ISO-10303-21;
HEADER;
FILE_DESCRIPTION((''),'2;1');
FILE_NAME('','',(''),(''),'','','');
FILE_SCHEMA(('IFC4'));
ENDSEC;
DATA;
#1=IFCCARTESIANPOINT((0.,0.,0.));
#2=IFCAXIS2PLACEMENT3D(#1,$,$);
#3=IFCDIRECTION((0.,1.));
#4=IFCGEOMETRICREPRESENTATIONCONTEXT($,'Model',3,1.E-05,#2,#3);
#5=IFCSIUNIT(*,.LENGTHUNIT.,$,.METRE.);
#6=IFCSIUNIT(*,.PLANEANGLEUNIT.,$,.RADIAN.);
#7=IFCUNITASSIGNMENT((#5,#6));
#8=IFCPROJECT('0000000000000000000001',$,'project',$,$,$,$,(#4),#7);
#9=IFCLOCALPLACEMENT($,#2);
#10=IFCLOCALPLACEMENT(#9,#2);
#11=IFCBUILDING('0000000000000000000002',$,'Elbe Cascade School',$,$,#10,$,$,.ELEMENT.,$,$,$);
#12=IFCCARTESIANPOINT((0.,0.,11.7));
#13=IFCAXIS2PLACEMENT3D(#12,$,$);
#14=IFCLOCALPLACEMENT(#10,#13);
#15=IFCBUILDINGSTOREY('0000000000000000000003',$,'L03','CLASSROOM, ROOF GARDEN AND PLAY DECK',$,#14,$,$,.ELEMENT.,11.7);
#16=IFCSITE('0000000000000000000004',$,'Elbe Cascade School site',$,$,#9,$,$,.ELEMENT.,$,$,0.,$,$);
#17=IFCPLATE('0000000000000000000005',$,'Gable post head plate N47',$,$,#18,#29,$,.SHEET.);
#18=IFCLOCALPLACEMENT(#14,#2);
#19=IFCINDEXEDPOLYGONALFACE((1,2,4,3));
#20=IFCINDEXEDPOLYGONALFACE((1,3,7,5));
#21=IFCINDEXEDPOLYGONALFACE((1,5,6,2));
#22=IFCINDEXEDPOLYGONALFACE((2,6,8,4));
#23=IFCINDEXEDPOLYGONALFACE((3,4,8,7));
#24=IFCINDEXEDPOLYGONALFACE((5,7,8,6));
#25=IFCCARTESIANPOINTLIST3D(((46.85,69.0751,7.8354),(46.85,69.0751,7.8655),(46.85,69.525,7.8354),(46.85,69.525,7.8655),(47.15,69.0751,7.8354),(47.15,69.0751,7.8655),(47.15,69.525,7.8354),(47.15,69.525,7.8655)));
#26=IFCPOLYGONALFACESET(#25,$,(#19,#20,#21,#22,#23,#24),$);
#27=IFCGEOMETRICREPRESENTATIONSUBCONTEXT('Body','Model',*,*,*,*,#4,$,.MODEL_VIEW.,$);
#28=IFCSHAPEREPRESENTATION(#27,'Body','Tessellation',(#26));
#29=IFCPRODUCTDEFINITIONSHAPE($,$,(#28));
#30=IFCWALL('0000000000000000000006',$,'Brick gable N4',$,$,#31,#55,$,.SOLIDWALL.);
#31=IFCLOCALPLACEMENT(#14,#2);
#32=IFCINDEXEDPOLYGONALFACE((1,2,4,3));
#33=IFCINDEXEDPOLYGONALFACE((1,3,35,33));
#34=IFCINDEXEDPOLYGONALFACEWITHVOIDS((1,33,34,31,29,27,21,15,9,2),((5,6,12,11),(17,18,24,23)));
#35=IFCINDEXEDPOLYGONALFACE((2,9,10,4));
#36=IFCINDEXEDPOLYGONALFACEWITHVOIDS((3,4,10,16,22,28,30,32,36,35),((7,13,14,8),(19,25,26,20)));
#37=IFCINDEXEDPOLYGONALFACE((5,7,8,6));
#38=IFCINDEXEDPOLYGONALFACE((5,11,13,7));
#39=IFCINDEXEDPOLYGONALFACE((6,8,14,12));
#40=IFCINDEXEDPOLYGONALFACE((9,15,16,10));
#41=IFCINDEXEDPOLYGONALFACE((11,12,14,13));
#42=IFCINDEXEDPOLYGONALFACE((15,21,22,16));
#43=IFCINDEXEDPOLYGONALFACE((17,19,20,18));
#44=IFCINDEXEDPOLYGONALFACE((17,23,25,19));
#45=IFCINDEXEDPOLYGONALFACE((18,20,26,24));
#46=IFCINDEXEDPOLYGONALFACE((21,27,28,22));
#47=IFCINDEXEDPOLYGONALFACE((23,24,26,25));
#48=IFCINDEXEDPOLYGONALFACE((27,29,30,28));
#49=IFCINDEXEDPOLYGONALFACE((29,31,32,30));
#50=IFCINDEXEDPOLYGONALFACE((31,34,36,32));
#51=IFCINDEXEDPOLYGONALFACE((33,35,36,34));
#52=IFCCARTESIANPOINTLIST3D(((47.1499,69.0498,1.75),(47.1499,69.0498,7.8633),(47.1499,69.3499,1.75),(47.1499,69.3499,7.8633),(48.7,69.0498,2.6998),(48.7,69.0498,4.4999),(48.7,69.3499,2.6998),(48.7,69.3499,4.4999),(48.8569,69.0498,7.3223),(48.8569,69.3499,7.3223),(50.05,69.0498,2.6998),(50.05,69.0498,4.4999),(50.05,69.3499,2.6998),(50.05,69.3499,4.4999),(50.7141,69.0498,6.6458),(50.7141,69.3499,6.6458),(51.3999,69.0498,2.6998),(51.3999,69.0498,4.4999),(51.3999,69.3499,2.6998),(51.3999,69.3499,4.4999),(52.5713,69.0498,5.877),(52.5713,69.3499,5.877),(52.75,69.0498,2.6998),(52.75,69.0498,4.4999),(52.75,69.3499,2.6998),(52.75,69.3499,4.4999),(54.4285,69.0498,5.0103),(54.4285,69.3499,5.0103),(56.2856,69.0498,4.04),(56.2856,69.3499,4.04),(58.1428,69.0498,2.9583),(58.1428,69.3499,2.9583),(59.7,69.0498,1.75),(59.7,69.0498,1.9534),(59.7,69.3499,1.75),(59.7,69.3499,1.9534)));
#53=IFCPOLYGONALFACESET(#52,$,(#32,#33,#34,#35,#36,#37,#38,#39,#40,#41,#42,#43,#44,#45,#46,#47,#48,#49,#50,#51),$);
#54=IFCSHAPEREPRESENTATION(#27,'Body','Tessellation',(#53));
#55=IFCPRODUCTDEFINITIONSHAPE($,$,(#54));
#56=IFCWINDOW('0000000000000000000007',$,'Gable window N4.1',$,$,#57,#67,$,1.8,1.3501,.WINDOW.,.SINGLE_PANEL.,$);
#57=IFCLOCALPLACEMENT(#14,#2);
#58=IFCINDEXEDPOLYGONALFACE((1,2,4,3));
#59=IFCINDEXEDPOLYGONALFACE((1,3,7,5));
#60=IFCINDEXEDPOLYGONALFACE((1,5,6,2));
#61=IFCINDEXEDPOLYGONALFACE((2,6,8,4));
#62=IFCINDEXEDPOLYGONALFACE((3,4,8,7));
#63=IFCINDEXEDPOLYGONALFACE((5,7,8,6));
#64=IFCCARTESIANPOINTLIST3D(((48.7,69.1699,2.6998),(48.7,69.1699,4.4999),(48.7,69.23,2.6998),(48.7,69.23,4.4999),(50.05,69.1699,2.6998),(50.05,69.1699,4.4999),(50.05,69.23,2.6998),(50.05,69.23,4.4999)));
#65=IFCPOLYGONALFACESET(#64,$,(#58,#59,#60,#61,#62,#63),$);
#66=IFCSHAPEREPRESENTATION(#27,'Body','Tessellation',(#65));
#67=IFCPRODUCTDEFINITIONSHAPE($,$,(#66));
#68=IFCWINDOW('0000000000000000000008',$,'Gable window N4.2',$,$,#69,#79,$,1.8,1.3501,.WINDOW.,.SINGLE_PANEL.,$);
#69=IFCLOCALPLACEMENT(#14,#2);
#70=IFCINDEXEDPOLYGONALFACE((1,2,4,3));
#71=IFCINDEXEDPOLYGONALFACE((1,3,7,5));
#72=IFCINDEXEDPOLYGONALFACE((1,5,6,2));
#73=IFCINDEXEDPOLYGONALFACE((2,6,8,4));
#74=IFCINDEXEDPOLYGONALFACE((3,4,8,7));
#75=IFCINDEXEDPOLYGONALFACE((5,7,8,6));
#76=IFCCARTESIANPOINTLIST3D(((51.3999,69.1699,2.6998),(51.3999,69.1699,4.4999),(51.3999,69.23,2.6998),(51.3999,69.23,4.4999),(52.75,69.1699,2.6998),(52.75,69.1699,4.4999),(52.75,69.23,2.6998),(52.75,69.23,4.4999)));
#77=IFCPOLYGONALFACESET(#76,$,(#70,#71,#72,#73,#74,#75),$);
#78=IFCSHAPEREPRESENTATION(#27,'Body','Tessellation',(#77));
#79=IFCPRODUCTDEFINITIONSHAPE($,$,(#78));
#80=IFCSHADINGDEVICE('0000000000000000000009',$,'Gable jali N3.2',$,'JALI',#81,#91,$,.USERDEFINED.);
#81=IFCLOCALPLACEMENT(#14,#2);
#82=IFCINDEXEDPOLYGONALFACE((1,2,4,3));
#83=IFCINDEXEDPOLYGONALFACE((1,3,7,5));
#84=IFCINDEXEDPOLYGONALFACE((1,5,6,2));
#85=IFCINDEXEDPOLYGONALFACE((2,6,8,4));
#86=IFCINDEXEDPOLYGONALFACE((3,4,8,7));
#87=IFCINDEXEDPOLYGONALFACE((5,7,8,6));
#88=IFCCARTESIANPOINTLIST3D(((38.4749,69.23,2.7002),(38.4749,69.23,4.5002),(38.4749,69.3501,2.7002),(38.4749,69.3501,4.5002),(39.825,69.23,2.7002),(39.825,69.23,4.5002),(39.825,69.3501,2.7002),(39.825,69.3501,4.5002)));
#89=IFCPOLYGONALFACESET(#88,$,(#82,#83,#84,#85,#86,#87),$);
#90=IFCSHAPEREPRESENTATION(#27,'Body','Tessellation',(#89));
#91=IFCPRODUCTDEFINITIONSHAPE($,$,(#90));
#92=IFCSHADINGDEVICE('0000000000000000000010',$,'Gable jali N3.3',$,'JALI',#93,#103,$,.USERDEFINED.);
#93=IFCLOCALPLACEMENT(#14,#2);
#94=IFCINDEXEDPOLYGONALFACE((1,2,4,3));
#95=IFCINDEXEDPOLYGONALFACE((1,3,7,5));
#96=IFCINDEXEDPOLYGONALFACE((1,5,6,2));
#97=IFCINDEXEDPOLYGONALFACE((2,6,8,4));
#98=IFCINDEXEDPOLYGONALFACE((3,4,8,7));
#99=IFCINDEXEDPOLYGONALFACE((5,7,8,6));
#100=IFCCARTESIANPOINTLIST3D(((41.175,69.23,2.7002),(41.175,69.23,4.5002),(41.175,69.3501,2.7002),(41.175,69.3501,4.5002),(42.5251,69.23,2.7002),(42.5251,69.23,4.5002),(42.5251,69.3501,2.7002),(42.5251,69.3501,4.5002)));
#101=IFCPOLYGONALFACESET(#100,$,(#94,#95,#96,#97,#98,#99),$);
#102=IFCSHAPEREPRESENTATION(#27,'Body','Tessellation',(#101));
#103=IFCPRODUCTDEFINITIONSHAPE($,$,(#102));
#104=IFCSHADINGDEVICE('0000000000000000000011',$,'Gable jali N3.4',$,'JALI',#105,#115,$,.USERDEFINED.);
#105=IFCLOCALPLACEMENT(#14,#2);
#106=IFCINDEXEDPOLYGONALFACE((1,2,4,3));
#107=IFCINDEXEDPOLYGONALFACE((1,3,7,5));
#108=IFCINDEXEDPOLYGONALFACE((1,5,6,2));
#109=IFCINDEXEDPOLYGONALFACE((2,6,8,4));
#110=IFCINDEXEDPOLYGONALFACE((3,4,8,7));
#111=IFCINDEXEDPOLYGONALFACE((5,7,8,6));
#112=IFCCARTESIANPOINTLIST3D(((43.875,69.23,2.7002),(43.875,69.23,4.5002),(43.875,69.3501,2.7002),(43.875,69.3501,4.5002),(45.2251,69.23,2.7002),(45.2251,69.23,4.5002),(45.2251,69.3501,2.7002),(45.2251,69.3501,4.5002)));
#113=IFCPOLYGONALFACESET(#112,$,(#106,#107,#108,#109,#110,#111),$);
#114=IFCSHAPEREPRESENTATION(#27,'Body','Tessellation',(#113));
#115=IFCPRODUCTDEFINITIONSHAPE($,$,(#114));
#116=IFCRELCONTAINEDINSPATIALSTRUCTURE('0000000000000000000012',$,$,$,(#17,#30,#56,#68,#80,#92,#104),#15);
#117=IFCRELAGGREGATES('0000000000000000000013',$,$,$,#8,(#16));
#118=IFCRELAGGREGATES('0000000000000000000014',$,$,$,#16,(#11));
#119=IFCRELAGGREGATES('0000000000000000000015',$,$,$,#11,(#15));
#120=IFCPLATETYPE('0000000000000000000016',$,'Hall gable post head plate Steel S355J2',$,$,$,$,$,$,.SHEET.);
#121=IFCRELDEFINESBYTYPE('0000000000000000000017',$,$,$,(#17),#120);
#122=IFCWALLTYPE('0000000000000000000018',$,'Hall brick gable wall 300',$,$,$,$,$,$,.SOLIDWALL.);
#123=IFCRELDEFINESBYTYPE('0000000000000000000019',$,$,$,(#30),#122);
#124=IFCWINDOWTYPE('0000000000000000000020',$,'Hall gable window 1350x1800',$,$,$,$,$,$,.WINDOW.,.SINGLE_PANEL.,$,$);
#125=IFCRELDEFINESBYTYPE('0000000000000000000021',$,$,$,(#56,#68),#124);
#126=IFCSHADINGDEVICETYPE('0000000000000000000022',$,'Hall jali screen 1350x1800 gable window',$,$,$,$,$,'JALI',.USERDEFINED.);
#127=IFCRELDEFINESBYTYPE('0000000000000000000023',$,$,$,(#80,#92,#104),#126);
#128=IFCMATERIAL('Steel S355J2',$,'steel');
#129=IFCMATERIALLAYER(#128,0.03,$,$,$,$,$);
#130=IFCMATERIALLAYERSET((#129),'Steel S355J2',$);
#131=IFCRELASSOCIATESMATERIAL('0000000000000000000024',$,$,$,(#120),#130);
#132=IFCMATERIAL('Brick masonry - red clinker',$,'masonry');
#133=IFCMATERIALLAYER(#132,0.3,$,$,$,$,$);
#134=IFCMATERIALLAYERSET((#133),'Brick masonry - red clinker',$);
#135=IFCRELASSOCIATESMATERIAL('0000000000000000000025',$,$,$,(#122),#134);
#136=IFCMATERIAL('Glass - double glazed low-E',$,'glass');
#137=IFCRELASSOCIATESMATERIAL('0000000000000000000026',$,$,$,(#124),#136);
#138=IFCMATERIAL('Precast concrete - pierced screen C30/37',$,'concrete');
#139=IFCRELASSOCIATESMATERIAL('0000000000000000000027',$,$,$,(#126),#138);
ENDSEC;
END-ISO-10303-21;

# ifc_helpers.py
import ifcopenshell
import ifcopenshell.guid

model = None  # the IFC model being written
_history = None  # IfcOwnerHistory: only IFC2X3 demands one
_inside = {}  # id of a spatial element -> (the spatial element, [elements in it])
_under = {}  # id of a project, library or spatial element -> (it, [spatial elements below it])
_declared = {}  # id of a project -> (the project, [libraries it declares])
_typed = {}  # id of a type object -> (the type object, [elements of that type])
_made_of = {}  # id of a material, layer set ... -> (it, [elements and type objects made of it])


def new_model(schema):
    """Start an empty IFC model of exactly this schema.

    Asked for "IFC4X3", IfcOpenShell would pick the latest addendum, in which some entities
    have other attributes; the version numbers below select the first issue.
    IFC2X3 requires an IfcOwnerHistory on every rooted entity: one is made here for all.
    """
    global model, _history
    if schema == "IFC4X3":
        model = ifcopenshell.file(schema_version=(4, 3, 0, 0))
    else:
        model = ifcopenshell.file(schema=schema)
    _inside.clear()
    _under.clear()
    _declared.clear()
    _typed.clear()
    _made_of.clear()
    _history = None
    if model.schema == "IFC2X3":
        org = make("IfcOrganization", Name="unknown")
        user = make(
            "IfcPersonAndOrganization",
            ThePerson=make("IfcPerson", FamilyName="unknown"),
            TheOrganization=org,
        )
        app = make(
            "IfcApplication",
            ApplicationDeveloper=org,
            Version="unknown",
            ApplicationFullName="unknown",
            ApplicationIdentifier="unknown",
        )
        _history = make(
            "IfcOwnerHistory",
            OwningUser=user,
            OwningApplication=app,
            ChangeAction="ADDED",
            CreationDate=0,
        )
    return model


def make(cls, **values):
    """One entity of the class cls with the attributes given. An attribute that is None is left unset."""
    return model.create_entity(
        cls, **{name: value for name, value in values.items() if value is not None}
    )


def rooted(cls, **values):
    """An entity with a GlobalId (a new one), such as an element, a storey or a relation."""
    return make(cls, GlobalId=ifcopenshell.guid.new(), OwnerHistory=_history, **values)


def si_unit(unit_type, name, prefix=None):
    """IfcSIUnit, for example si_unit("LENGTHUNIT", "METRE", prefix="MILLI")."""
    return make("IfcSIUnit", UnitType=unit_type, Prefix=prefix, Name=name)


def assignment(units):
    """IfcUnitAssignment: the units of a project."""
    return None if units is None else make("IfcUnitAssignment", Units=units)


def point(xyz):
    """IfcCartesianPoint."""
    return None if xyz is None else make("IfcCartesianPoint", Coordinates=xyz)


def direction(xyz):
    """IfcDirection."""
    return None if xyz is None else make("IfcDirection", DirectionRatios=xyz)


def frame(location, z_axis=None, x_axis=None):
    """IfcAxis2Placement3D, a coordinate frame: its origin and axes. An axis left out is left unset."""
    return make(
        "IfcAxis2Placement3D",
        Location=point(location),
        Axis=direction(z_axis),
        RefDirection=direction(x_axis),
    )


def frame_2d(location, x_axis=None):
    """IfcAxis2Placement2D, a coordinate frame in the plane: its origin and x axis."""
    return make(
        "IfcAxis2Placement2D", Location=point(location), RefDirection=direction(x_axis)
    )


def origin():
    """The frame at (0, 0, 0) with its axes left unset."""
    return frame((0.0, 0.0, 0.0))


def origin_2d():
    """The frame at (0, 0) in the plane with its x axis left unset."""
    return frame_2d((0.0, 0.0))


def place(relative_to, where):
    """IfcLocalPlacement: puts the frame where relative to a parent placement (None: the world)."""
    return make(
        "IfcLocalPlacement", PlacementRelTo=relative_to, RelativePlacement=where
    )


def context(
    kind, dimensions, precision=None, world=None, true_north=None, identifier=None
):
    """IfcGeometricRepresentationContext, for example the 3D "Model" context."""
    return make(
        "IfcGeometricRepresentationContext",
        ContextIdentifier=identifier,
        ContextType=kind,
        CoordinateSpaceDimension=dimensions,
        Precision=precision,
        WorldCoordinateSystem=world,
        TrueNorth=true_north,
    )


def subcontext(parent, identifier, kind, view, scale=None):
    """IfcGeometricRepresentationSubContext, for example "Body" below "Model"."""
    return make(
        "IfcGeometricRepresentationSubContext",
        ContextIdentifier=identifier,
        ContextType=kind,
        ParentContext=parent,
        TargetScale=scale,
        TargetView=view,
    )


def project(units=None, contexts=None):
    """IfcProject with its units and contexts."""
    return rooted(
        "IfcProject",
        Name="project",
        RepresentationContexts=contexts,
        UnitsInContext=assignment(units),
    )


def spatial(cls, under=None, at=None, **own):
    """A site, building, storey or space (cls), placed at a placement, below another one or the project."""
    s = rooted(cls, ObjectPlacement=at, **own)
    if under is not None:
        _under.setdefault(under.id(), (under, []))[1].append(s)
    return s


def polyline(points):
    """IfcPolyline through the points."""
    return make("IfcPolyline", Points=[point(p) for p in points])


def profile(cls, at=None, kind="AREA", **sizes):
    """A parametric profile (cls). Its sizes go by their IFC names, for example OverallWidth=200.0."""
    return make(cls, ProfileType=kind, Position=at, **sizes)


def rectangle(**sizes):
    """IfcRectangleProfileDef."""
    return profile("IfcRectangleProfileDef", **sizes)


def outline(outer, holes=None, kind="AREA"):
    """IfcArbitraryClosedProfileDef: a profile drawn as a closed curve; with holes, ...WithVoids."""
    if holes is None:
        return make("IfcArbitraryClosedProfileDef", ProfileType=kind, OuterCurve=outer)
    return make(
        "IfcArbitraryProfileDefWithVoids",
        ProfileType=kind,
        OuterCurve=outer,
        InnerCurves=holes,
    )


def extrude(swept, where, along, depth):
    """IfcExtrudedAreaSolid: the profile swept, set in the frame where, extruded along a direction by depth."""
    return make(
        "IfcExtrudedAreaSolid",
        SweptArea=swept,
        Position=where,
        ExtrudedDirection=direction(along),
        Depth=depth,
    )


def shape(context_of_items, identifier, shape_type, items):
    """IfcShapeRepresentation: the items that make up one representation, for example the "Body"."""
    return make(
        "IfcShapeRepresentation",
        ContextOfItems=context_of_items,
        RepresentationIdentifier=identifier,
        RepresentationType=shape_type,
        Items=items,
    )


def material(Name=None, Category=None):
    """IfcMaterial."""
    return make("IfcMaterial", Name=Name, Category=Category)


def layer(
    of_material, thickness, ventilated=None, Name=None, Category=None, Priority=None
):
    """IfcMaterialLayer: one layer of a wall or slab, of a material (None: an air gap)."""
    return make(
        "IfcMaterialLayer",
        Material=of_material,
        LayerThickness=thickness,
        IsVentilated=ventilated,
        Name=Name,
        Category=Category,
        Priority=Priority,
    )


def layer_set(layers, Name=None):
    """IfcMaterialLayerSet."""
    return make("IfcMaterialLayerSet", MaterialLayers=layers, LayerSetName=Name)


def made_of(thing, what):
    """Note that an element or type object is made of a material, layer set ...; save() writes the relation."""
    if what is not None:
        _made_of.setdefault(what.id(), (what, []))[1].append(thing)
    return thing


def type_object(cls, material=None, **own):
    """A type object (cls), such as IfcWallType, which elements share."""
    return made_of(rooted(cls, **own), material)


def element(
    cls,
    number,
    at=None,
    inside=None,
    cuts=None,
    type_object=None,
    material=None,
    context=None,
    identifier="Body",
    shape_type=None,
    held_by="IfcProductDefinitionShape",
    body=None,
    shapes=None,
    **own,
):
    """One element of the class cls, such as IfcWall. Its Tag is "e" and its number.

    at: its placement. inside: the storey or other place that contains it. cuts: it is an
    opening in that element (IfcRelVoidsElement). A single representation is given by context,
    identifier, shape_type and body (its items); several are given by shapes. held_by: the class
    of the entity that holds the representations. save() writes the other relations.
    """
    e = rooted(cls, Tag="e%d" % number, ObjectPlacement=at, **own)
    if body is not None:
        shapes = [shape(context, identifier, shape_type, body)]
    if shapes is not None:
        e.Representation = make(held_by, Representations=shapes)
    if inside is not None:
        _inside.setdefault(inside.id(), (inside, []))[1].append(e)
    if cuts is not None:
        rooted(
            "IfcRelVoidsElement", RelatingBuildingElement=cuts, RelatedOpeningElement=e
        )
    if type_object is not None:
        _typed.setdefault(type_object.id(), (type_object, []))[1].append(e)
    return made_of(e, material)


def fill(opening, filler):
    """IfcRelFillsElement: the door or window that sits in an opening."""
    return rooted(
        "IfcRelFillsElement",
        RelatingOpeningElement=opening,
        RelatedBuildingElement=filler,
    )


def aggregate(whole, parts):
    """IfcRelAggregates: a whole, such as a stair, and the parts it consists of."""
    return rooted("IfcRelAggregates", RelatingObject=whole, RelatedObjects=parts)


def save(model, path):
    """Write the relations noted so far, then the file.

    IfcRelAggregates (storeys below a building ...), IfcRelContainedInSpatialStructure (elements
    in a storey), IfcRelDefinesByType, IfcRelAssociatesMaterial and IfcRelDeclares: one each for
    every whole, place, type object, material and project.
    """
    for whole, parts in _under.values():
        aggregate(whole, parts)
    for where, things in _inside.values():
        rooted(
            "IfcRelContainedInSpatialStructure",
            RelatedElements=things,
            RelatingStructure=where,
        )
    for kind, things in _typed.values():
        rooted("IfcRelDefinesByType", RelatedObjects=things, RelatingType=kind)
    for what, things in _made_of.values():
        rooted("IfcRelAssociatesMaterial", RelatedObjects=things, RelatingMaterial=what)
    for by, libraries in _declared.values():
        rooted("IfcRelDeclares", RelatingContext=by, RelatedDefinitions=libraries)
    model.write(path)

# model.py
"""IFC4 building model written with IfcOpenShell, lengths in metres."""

from ifc_helpers import new_model, si_unit, direction, frame, frame_2d, origin, origin_2d, place, context, subcontext, project, spatial, polyline, rectangle, outline, extrude, material, layer, layer_set, type_object, element, fill, save


model = new_model("IFC4")

# Units and contexts
model_context = context("Model", 3, precision=1e-05, world=origin(), true_north=direction((0.0, 1.0)))
body_context = subcontext(model_context, "Body", "Model", "MODEL_VIEW")
ifc_project = project(units=[si_unit("LENGTHUNIT", "METRE"), si_unit("PLANEANGLEUNIT", "RADIAN")], contexts=[model_context])

# Site, building, storey
site_placement = place(None, origin())
site = spatial("IfcSite", under=ifc_project, at=site_placement, Name="Elbe Cascade School site", CompositionType="ELEMENT", RefElevation=0.0)
building_placement = place(site_placement, origin())
building = spatial("IfcBuilding", under=site, at=building_placement, Name="Elbe Cascade School", CompositionType="ELEMENT")
storey_placement = place(building_placement, frame((0.0, 0.0, 11.7)))
storey = spatial("IfcBuildingStorey", under=building, at=storey_placement, Name="L03", Description="CLASSROOM, ROOF GARDEN AND PLAY DECK", CompositionType="ELEMENT", Elevation=11.7)

# Plate
ifc_material_1 = material(Name="Steel S355J2", Category="steel")
ifc_layer_1 = layer(ifc_material_1, 0.03)
ifc_layer_set_1 = layer_set([ifc_layer_1], Name="Steel S355J2")
plate_type_1 = type_object("IfcPlateType", Name="Hall gable post head plate Steel S355J2", PredefinedType="SHEET", material=ifc_layer_set_1)
plate_1_placement = place(storey_placement, frame((47.0, 69.3, 7.8354), z_axis=(0.0, 0.0, 1.0), x_axis=(1.0, 0.0, 0.0)))
element("IfcPlate", 1, at=plate_1_placement, inside=storey, type_object=plate_type_1, Name="Gable post head plate N47", PredefinedType="SHEET", context=body_context, shape_type="SweptSolid", body=[
    extrude(rectangle(XDim=0.3, YDim=0.45, at=origin_2d()), origin(), (0.0, 0.0, 1.0), 0.03),
])

# Wall, openings, windows
ifc_material_2 = material(Name="Brick masonry - red clinker", Category="masonry")
ifc_layer_2 = layer(ifc_material_2, 0.3)
ifc_layer_set_2 = layer_set([ifc_layer_2], Name="Brick masonry - red clinker")
wall_type = type_object("IfcWallType", Name="Hall brick gable wall 300", PredefinedType="SOLIDWALL", material=ifc_layer_set_2)
wall_placement = place(storey_placement, frame((47.1499, 69.2, 1.75), z_axis=(0.0, 0.0, 1.0), x_axis=(1.0, 0.0, 0.0)))
wall = element("IfcWall", 2, at=wall_placement, inside=storey, type_object=wall_type, Name="Brick gable N4", PredefinedType="SOLIDWALL", context=body_context, shape_type="SweptSolid", body=[
    extrude(outline(polyline([(0.0, 0.0), (12.55, 0.0), (12.55, 0.2034), (10.9929, 1.2083), (9.1357, 2.29), (7.2786, 3.2603), (5.4214, 4.127), (3.5642, 4.8958), (1.707, 5.5723), (0.0, 6.1133), (0.0, 0.0)])), frame((0.0, 0.1499, 0.0), z_axis=(0.0, -1.0, 0.0), x_axis=(1.0, 0.0, 0.0)), (0.0, 0.0, 1.0), 0.3),
])
opening_1_placement = place(wall_placement, frame((1.55, 0.0, 0.95)))
opening_1 = element("IfcOpeningElement", 3, at=opening_1_placement, cuts=wall, PredefinedType="OPENING", context=body_context, shape_type="SweptSolid", body=[
    extrude(rectangle(XDim=1.3501, YDim=1.8, at=frame_2d((0.675, 0.8999))), frame((0.0, 0.1599, 0.0), z_axis=(0.0, -1.0, 0.0), x_axis=(1.0, 0.0, 0.0)), (0.0, 0.0, 1.0), 0.3201),
])
opening_2_placement = place(wall_placement, frame((4.25, 0.0, 0.95)))
opening_2 = element("IfcOpeningElement", 4, at=opening_2_placement, cuts=wall, PredefinedType="OPENING", context=body_context, shape_type="SweptSolid", body=[
    extrude(rectangle(XDim=1.3501, YDim=1.8, at=frame_2d((0.675, 0.8999))), frame((0.0, 0.1599, 0.0), z_axis=(0.0, -1.0, 0.0), x_axis=(1.0, 0.0, 0.0)), (0.0, 0.0, 1.0), 0.3201),
])
ifc_material_3 = material(Name="Glass - double glazed low-E", Category="glass")
window_type = type_object("IfcWindowType", Name="Hall gable window 1350x1800", PartitioningType="SINGLE_PANEL", PredefinedType="WINDOW", material=ifc_material_3)
window_1_placement = place(opening_1_placement, origin())
window_1 = element("IfcWindow", 5, at=window_1_placement, inside=storey, type_object=window_type, Name="Gable window N4.1", OverallHeight=1.8, OverallWidth=1.3501, PartitioningType="SINGLE_PANEL", PredefinedType="WINDOW", context=body_context, shape_type="SweptSolid", body=[
    extrude(rectangle(XDim=1.3501, YDim=1.8, at=frame_2d((0.675, 0.8999))), frame((0.0, 0.03, 0.0), z_axis=(0.0, -1.0, 0.0), x_axis=(1.0, 0.0, 0.0)), (0.0, 0.0, 1.0), 0.0601),
])
fill(opening_1, window_1)
window_2_placement = place(opening_2_placement, origin())
window_2 = element("IfcWindow", 6, at=window_2_placement, inside=storey, type_object=window_type, Name="Gable window N4.2", OverallHeight=1.8, OverallWidth=1.3501, PartitioningType="SINGLE_PANEL", PredefinedType="WINDOW", context=body_context, shape_type="SweptSolid", body=[
    extrude(rectangle(XDim=1.3501, YDim=1.8, at=frame_2d((0.675, 0.8999))), frame((0.0, 0.03, 0.0), z_axis=(0.0, -1.0, 0.0), x_axis=(1.0, 0.0, 0.0)), (0.0, 0.0, 1.0), 0.0601),
])
fill(opening_2, window_2)

# Shading devices
ifc_material_4 = material(Name="Precast concrete - pierced screen C30/37", Category="concrete")
shading_device_type = type_object("IfcShadingDeviceType", Name="Hall jali screen 1350x1800 gable window", ElementType="JALI", PredefinedType="USERDEFINED", material=ifc_material_4)
for number, where, z_axis, x_axis, name in (
    (7, (39.1499, 69.29, 2.7002), (0.0, 0.0, 1.0), (1.0, 0.0, 0.0), "Gable jali N3.2"),
    (8, (41.8501, 69.29, 2.7002), (0.0, 0.0, 1.0), (1.0, 0.0, 0.0), "Gable jali N3.3"),
    (9, (44.55, 69.29, 2.7002), (0.0, 0.0, 1.0), (1.0, 0.0, 0.0), "Gable jali N3.4"),
):
    element("IfcShadingDevice", number, at=place(storey_placement, frame(where, z_axis=z_axis, x_axis=x_axis)), inside=storey, type_object=shading_device_type, Name=name, ObjectType="JALI", PredefinedType="USERDEFINED", context=body_context, shape_type="SweptSolid", body=[
        extrude(rectangle(XDim=1.3501, YDim=0.1201, at=origin_2d()), origin(), (0.0, 0.0, 1.0), 1.8),
    ])

save(model, "model.ifc")
